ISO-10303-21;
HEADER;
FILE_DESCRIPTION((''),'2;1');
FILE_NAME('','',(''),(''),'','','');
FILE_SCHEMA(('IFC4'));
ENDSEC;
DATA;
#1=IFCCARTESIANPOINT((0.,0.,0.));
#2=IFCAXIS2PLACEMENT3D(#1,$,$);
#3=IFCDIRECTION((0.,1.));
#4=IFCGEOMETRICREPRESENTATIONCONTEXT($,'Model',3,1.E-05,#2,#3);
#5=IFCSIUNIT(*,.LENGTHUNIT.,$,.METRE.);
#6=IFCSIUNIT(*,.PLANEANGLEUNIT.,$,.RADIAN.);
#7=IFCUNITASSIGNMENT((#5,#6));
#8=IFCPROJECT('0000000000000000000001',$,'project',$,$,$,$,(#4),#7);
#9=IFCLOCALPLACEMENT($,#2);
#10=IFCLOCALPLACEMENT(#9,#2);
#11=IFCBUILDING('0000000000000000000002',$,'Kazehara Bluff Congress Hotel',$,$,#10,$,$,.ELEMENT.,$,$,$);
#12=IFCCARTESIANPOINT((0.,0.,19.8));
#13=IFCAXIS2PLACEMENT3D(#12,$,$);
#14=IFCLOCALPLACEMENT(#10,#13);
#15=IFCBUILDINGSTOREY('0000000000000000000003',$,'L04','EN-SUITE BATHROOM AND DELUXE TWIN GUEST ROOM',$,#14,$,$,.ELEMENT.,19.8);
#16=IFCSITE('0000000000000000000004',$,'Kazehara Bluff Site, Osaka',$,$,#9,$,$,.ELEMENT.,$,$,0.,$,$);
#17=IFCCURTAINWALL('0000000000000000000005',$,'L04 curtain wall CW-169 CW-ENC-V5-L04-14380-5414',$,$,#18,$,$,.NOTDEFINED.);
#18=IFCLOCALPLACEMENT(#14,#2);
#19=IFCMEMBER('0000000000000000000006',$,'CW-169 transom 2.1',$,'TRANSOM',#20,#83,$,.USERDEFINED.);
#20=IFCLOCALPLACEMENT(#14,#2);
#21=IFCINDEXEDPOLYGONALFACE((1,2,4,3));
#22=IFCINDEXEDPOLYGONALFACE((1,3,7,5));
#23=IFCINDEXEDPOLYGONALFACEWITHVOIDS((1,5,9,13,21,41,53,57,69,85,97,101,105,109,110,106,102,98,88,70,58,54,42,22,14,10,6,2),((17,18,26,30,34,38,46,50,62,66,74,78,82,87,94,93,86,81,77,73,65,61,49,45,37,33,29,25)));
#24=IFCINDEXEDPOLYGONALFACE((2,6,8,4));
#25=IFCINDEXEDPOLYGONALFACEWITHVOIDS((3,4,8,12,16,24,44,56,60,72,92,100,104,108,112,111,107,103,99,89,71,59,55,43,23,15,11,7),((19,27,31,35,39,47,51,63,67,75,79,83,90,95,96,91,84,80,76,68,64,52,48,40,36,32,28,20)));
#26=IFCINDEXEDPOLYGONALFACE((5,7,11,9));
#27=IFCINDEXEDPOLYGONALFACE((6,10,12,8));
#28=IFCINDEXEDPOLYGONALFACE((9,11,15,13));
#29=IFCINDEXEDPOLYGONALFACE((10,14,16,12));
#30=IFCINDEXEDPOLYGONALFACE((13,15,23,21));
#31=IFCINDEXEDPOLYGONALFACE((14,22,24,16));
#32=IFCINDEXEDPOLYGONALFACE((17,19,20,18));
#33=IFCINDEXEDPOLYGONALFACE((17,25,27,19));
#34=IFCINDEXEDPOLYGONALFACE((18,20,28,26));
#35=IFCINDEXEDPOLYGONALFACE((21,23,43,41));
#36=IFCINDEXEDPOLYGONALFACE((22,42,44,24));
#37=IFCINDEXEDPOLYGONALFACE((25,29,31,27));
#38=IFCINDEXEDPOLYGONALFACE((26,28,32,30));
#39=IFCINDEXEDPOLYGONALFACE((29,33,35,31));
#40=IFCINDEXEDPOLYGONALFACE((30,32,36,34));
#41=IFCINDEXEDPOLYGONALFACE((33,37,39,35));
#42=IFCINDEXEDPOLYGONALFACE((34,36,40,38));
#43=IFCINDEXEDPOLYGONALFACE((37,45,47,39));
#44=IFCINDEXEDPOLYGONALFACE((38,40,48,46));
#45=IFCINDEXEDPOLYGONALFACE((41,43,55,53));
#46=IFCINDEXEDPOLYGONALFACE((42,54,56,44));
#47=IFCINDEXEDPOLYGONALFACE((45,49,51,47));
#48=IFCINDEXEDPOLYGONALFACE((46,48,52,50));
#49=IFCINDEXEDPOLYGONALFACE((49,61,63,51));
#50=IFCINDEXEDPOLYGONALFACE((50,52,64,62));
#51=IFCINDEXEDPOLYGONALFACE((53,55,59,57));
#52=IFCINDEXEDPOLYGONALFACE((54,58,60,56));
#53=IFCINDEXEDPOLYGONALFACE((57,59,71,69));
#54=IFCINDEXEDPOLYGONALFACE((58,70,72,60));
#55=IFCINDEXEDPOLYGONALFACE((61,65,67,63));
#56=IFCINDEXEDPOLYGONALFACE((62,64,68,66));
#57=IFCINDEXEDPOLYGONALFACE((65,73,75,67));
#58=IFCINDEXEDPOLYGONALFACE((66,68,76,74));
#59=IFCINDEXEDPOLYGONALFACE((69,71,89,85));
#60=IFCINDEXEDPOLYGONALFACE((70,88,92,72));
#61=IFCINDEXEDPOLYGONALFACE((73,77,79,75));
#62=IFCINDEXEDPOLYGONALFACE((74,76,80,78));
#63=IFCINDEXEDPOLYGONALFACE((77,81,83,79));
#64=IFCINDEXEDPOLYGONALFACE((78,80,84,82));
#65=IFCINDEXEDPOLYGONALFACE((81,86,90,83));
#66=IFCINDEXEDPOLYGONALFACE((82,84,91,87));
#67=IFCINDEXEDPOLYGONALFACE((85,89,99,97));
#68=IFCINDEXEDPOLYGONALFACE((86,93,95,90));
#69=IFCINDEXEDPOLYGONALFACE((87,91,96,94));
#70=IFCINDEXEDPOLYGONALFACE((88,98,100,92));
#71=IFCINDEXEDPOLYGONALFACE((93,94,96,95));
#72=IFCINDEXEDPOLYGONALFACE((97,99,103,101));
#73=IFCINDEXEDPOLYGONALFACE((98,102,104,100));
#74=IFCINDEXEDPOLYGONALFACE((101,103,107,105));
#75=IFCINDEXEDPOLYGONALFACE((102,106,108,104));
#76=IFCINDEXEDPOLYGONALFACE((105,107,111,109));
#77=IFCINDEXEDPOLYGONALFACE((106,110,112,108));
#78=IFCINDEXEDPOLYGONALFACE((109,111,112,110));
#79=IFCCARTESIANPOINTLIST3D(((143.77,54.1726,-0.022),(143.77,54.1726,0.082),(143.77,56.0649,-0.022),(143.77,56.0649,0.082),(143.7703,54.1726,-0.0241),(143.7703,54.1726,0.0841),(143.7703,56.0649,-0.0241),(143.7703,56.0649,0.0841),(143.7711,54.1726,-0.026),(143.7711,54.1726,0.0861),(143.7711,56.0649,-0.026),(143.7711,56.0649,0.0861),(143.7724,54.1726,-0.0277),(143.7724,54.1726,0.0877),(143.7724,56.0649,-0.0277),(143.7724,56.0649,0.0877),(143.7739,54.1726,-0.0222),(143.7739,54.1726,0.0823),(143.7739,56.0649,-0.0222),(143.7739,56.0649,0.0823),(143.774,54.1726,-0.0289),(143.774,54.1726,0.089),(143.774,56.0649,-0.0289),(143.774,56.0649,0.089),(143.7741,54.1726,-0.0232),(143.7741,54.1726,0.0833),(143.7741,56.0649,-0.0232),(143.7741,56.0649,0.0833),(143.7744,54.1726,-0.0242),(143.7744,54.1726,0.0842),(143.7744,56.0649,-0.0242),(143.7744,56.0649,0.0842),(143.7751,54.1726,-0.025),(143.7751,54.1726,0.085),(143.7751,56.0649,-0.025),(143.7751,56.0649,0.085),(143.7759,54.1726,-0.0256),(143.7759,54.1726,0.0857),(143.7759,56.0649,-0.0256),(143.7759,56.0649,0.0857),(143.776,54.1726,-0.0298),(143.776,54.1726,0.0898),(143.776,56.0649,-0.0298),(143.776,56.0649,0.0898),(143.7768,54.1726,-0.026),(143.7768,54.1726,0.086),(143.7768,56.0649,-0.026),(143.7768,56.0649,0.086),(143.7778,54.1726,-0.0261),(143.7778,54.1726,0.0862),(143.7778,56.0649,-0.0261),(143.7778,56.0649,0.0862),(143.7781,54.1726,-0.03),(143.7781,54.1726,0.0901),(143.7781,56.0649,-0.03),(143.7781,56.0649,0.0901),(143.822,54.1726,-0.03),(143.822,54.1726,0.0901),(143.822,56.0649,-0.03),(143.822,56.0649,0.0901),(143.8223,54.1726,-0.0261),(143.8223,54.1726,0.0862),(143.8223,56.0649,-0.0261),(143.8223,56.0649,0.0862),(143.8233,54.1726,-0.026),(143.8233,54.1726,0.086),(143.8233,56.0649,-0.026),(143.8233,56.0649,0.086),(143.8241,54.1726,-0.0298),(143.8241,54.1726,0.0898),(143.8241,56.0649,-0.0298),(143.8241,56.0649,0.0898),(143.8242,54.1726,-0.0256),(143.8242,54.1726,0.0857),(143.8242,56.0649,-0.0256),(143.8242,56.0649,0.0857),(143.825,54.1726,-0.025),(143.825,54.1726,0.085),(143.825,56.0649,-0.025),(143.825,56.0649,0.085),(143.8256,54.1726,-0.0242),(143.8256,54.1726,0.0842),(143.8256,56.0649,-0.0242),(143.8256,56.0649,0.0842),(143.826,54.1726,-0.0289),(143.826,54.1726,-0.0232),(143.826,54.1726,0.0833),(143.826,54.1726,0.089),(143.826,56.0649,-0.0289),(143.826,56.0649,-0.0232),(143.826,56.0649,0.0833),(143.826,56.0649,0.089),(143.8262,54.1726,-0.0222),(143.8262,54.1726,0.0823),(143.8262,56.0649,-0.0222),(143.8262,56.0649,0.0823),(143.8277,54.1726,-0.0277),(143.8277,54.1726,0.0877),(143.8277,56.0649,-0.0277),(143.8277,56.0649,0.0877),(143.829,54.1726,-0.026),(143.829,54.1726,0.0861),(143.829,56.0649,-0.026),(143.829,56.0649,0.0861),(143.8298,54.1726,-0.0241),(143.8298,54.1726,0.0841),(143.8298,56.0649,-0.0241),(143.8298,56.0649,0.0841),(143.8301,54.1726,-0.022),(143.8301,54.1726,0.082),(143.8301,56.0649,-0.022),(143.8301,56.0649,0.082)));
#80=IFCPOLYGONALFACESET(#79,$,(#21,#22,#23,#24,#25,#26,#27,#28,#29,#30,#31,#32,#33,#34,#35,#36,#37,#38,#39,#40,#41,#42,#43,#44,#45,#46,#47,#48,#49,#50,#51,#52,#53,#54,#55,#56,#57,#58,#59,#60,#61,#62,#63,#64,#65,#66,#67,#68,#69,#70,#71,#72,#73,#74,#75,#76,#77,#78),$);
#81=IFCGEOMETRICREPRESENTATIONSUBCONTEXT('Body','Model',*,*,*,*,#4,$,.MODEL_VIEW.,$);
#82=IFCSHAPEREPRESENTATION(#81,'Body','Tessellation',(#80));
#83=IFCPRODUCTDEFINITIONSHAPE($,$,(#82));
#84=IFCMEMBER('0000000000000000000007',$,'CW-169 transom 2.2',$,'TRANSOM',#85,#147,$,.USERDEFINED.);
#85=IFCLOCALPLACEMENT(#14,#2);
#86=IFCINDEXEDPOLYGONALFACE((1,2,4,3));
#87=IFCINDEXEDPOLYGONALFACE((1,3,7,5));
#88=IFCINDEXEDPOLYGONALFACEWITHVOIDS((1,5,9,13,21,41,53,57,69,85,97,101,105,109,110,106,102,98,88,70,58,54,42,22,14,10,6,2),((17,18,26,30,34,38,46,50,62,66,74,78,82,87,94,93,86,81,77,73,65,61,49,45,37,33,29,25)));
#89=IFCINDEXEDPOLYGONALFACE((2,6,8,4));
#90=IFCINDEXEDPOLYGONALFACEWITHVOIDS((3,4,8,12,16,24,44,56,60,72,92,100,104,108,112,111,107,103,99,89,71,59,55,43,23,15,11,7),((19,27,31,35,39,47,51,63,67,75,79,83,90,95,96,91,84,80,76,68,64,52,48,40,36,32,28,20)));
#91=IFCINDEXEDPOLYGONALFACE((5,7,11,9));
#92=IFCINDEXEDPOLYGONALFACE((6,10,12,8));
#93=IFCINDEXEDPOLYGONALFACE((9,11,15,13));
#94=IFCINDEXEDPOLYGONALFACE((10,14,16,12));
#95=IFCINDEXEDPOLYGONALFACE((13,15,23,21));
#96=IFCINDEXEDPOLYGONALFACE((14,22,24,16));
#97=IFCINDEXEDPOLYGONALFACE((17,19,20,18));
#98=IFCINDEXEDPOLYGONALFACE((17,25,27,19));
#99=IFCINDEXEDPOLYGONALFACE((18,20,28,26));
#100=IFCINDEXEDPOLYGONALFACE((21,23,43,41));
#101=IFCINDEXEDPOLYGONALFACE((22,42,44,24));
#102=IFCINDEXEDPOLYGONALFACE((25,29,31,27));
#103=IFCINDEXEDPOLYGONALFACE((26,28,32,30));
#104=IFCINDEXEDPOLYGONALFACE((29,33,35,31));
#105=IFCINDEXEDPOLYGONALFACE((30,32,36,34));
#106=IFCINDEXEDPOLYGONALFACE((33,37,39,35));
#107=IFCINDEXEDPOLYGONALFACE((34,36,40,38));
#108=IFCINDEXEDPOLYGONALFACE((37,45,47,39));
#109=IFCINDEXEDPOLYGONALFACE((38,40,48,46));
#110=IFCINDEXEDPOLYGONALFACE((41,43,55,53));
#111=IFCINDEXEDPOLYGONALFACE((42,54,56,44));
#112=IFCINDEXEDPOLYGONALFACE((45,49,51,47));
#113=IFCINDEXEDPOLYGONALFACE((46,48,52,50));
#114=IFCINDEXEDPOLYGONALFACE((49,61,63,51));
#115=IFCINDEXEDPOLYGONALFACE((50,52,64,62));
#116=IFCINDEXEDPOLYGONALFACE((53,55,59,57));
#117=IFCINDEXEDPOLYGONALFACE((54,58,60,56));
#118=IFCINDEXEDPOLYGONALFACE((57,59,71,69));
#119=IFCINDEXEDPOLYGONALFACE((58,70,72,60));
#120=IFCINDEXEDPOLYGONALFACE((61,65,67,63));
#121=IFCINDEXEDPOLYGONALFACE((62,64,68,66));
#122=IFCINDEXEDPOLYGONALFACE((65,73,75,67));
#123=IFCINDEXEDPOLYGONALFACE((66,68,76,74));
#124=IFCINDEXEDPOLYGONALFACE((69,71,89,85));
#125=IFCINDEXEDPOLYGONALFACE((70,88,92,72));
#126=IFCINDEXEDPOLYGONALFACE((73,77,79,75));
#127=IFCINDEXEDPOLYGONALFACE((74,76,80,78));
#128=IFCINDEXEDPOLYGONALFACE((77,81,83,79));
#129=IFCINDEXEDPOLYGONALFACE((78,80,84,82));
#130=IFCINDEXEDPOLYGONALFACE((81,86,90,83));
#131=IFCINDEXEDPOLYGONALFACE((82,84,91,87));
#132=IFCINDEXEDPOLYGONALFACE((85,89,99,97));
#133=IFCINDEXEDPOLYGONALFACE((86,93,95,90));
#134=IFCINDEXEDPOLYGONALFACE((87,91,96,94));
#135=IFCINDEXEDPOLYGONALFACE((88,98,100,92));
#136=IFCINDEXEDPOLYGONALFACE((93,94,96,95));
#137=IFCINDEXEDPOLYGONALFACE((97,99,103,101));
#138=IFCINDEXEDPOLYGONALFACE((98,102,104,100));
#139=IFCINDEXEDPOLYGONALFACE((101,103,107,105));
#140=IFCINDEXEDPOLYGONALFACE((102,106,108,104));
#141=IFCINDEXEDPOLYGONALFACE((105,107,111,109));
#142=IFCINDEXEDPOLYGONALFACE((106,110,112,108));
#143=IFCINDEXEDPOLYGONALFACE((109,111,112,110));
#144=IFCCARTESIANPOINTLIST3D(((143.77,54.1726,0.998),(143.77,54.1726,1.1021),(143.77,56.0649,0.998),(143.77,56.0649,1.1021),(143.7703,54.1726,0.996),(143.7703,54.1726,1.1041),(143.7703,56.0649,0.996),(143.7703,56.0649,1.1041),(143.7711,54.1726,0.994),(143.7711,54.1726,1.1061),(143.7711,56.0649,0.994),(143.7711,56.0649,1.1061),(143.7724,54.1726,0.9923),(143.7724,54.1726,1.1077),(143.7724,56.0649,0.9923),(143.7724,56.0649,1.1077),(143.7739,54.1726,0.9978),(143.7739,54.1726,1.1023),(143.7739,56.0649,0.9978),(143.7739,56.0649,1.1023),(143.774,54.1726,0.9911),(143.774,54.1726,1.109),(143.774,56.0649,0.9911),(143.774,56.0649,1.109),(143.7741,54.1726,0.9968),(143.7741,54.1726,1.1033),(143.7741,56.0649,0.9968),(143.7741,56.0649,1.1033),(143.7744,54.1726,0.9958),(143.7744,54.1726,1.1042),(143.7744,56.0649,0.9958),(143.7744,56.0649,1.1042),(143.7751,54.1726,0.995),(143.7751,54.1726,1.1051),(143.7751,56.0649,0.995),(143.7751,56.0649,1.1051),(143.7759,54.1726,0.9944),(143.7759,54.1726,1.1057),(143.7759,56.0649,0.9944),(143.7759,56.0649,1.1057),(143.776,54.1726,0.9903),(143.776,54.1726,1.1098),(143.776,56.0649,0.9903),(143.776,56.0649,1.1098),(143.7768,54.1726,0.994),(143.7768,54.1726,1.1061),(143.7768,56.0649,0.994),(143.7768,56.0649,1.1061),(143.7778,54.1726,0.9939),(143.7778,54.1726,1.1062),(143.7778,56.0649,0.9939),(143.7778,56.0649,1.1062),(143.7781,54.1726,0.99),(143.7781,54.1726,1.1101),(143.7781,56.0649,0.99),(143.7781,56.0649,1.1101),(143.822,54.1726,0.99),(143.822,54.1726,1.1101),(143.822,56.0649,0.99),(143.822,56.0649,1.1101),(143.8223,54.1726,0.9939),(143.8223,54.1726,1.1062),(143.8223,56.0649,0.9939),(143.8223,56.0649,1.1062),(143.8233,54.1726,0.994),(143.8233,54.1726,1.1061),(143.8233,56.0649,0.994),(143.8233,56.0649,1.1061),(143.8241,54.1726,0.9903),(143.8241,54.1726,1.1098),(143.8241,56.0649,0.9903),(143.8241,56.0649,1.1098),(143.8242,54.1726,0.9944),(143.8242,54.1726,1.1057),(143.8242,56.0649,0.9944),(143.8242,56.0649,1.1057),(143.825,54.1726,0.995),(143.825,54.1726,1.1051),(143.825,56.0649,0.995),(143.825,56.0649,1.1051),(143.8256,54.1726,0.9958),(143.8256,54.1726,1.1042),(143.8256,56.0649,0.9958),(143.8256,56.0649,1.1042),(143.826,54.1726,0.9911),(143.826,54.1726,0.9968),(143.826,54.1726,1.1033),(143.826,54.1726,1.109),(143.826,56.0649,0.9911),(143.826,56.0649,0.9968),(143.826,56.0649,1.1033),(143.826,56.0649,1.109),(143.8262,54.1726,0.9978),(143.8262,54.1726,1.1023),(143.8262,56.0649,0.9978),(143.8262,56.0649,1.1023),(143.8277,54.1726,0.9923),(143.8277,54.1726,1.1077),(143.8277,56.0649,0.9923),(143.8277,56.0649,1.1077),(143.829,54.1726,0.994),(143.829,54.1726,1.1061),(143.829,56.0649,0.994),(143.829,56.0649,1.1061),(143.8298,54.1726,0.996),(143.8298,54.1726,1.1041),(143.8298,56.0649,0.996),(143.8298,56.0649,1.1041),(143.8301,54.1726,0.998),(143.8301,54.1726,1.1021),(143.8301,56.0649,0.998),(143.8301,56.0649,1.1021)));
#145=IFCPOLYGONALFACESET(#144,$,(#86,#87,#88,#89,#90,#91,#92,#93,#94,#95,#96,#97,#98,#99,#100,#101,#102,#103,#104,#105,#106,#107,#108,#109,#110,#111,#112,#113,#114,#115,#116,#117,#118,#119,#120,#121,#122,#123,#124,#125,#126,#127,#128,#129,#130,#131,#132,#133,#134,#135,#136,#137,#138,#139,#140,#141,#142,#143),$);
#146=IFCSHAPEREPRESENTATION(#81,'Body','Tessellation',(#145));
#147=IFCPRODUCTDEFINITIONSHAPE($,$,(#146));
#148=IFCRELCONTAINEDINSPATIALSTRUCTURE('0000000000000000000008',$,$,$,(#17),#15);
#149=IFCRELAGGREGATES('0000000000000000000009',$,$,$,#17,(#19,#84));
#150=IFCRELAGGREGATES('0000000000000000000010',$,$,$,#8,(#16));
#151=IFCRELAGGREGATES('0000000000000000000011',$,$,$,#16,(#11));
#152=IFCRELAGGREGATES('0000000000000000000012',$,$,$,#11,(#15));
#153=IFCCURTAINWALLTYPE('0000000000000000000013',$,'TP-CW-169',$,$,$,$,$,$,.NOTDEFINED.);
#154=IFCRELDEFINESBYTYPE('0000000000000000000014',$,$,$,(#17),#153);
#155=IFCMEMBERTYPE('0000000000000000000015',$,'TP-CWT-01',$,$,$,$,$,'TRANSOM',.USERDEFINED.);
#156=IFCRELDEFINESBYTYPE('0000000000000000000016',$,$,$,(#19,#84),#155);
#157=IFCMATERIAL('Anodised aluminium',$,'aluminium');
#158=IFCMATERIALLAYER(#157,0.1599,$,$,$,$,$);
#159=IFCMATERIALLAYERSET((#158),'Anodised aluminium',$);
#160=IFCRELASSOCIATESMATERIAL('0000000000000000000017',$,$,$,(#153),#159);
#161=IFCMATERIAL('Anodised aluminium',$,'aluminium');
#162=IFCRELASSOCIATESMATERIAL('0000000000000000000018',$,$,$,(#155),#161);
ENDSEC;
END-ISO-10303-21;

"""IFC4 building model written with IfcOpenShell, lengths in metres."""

from ifc_helpers import new_model, si_unit, direction, frame, origin, origin_2d, place, context, subcontext, project, spatial, hollow_rectangle, extrude, material, layer, layer_set, material_profile, profile_set, type_object, element, aggregate, save


model = new_model("IFC4")

# Units and contexts
model_context = context("Model", 3, precision=1e-05, world=origin(), true_north=direction((0.0, 1.0)))
body_context = subcontext(model_context, "Body", "Model", "MODEL_VIEW")
ifc_project = project(units=[si_unit("LENGTHUNIT", "METRE"), si_unit("PLANEANGLEUNIT", "RADIAN")], contexts=[model_context])

# Site, building, storey
site_placement = place(None, origin())
site = spatial("IfcSite", under=ifc_project, at=site_placement, Name="Kazehara Bluff Site, Osaka", CompositionType="ELEMENT", RefElevation=0.0)
building_placement = place(site_placement, origin())
building = spatial("IfcBuilding", under=site, at=building_placement, Name="Kazehara Bluff Congress Hotel", CompositionType="ELEMENT")
storey_placement = place(building_placement, frame((0.0, 0.0, 19.8)))
storey = spatial("IfcBuildingStorey", under=building, at=storey_placement, Name="L04", Description="EN-SUITE BATHROOM AND DELUXE TWIN GUEST ROOM", CompositionType="ELEMENT", Elevation=19.8)

# Curtain wall
ifc_material_1 = material(Name="Anodised aluminium", Category="aluminium")
ifc_layer_1 = layer(ifc_material_1, 0.1599)
ifc_layer_set_1 = layer_set([ifc_layer_1], Name="Anodised aluminium")
curtain_wall_type_1 = type_object("IfcCurtainWallType", Name="TP-CW-169", PredefinedType="NOTDEFINED", material=ifc_layer_set_1)
curtain_wall_1_placement = place(storey_placement, origin())
curtain_wall_1 = element("IfcCurtainWall", 1, at=curtain_wall_1_placement, inside=storey, type_object=curtain_wall_type_1, Name="L04 curtain wall CW-169 CW-ENC-V5-L04-14380-5414", PredefinedType="NOTDEFINED")

# Members
ifc_material_2 = material(Name="Anodised aluminium", Category="aluminium")
ifc_material_profile_1 = material_profile(ifc_material_2, hollow_rectangle(XDim=0.0601, YDim=0.1201, WallThickness=0.0039, InnerFilletRadius=0.0039, OuterFilletRadius=0.0081, at=origin_2d()))
ifc_profile_set_1 = profile_set([ifc_material_profile_1], Name="Anodised aluminium")
member_type_1 = type_object("IfcMemberType", Name="TP-CWT-01", ElementType="TRANSOM", PredefinedType="USERDEFINED", material=ifc_profile_set_1)
member_1_placement = place(storey_placement, frame((143.8, 54.1726, 0.03), z_axis=(0.0, 1.0, 0.0), x_axis=(-1.0, 0.0, 0.0)))
member_1 = element("IfcMember", 2, at=member_1_placement, type_object=member_type_1, Name="CW-169 transom 2.1", ObjectType="TRANSOM", PredefinedType="USERDEFINED", context=body_context, shape_type="SweptSolid", body=[
    extrude(hollow_rectangle(XDim=0.0601, YDim=0.1201, WallThickness=0.0039, InnerFilletRadius=0.0039, OuterFilletRadius=0.0081, at=origin_2d()), origin(), (0.0, 0.0, 1.0), 1.8923),
])
member_2_placement = place(storey_placement, frame((143.8, 54.1726, 1.05), z_axis=(0.0, 1.0, 0.0), x_axis=(-1.0, 0.0, 0.0)))
member_2 = element("IfcMember", 3, at=member_2_placement, type_object=member_type_1, Name="CW-169 transom 2.2", ObjectType="TRANSOM", PredefinedType="USERDEFINED", context=body_context, shape_type="SweptSolid", body=[
    extrude(hollow_rectangle(XDim=0.0601, YDim=0.1201, WallThickness=0.0039, InnerFilletRadius=0.0039, OuterFilletRadius=0.0081, at=origin_2d()), origin(), (0.0, 0.0, 1.0), 1.8923),
])

aggregate(curtain_wall_1, [member_1, member_2])

save(model, "model.ifc")
